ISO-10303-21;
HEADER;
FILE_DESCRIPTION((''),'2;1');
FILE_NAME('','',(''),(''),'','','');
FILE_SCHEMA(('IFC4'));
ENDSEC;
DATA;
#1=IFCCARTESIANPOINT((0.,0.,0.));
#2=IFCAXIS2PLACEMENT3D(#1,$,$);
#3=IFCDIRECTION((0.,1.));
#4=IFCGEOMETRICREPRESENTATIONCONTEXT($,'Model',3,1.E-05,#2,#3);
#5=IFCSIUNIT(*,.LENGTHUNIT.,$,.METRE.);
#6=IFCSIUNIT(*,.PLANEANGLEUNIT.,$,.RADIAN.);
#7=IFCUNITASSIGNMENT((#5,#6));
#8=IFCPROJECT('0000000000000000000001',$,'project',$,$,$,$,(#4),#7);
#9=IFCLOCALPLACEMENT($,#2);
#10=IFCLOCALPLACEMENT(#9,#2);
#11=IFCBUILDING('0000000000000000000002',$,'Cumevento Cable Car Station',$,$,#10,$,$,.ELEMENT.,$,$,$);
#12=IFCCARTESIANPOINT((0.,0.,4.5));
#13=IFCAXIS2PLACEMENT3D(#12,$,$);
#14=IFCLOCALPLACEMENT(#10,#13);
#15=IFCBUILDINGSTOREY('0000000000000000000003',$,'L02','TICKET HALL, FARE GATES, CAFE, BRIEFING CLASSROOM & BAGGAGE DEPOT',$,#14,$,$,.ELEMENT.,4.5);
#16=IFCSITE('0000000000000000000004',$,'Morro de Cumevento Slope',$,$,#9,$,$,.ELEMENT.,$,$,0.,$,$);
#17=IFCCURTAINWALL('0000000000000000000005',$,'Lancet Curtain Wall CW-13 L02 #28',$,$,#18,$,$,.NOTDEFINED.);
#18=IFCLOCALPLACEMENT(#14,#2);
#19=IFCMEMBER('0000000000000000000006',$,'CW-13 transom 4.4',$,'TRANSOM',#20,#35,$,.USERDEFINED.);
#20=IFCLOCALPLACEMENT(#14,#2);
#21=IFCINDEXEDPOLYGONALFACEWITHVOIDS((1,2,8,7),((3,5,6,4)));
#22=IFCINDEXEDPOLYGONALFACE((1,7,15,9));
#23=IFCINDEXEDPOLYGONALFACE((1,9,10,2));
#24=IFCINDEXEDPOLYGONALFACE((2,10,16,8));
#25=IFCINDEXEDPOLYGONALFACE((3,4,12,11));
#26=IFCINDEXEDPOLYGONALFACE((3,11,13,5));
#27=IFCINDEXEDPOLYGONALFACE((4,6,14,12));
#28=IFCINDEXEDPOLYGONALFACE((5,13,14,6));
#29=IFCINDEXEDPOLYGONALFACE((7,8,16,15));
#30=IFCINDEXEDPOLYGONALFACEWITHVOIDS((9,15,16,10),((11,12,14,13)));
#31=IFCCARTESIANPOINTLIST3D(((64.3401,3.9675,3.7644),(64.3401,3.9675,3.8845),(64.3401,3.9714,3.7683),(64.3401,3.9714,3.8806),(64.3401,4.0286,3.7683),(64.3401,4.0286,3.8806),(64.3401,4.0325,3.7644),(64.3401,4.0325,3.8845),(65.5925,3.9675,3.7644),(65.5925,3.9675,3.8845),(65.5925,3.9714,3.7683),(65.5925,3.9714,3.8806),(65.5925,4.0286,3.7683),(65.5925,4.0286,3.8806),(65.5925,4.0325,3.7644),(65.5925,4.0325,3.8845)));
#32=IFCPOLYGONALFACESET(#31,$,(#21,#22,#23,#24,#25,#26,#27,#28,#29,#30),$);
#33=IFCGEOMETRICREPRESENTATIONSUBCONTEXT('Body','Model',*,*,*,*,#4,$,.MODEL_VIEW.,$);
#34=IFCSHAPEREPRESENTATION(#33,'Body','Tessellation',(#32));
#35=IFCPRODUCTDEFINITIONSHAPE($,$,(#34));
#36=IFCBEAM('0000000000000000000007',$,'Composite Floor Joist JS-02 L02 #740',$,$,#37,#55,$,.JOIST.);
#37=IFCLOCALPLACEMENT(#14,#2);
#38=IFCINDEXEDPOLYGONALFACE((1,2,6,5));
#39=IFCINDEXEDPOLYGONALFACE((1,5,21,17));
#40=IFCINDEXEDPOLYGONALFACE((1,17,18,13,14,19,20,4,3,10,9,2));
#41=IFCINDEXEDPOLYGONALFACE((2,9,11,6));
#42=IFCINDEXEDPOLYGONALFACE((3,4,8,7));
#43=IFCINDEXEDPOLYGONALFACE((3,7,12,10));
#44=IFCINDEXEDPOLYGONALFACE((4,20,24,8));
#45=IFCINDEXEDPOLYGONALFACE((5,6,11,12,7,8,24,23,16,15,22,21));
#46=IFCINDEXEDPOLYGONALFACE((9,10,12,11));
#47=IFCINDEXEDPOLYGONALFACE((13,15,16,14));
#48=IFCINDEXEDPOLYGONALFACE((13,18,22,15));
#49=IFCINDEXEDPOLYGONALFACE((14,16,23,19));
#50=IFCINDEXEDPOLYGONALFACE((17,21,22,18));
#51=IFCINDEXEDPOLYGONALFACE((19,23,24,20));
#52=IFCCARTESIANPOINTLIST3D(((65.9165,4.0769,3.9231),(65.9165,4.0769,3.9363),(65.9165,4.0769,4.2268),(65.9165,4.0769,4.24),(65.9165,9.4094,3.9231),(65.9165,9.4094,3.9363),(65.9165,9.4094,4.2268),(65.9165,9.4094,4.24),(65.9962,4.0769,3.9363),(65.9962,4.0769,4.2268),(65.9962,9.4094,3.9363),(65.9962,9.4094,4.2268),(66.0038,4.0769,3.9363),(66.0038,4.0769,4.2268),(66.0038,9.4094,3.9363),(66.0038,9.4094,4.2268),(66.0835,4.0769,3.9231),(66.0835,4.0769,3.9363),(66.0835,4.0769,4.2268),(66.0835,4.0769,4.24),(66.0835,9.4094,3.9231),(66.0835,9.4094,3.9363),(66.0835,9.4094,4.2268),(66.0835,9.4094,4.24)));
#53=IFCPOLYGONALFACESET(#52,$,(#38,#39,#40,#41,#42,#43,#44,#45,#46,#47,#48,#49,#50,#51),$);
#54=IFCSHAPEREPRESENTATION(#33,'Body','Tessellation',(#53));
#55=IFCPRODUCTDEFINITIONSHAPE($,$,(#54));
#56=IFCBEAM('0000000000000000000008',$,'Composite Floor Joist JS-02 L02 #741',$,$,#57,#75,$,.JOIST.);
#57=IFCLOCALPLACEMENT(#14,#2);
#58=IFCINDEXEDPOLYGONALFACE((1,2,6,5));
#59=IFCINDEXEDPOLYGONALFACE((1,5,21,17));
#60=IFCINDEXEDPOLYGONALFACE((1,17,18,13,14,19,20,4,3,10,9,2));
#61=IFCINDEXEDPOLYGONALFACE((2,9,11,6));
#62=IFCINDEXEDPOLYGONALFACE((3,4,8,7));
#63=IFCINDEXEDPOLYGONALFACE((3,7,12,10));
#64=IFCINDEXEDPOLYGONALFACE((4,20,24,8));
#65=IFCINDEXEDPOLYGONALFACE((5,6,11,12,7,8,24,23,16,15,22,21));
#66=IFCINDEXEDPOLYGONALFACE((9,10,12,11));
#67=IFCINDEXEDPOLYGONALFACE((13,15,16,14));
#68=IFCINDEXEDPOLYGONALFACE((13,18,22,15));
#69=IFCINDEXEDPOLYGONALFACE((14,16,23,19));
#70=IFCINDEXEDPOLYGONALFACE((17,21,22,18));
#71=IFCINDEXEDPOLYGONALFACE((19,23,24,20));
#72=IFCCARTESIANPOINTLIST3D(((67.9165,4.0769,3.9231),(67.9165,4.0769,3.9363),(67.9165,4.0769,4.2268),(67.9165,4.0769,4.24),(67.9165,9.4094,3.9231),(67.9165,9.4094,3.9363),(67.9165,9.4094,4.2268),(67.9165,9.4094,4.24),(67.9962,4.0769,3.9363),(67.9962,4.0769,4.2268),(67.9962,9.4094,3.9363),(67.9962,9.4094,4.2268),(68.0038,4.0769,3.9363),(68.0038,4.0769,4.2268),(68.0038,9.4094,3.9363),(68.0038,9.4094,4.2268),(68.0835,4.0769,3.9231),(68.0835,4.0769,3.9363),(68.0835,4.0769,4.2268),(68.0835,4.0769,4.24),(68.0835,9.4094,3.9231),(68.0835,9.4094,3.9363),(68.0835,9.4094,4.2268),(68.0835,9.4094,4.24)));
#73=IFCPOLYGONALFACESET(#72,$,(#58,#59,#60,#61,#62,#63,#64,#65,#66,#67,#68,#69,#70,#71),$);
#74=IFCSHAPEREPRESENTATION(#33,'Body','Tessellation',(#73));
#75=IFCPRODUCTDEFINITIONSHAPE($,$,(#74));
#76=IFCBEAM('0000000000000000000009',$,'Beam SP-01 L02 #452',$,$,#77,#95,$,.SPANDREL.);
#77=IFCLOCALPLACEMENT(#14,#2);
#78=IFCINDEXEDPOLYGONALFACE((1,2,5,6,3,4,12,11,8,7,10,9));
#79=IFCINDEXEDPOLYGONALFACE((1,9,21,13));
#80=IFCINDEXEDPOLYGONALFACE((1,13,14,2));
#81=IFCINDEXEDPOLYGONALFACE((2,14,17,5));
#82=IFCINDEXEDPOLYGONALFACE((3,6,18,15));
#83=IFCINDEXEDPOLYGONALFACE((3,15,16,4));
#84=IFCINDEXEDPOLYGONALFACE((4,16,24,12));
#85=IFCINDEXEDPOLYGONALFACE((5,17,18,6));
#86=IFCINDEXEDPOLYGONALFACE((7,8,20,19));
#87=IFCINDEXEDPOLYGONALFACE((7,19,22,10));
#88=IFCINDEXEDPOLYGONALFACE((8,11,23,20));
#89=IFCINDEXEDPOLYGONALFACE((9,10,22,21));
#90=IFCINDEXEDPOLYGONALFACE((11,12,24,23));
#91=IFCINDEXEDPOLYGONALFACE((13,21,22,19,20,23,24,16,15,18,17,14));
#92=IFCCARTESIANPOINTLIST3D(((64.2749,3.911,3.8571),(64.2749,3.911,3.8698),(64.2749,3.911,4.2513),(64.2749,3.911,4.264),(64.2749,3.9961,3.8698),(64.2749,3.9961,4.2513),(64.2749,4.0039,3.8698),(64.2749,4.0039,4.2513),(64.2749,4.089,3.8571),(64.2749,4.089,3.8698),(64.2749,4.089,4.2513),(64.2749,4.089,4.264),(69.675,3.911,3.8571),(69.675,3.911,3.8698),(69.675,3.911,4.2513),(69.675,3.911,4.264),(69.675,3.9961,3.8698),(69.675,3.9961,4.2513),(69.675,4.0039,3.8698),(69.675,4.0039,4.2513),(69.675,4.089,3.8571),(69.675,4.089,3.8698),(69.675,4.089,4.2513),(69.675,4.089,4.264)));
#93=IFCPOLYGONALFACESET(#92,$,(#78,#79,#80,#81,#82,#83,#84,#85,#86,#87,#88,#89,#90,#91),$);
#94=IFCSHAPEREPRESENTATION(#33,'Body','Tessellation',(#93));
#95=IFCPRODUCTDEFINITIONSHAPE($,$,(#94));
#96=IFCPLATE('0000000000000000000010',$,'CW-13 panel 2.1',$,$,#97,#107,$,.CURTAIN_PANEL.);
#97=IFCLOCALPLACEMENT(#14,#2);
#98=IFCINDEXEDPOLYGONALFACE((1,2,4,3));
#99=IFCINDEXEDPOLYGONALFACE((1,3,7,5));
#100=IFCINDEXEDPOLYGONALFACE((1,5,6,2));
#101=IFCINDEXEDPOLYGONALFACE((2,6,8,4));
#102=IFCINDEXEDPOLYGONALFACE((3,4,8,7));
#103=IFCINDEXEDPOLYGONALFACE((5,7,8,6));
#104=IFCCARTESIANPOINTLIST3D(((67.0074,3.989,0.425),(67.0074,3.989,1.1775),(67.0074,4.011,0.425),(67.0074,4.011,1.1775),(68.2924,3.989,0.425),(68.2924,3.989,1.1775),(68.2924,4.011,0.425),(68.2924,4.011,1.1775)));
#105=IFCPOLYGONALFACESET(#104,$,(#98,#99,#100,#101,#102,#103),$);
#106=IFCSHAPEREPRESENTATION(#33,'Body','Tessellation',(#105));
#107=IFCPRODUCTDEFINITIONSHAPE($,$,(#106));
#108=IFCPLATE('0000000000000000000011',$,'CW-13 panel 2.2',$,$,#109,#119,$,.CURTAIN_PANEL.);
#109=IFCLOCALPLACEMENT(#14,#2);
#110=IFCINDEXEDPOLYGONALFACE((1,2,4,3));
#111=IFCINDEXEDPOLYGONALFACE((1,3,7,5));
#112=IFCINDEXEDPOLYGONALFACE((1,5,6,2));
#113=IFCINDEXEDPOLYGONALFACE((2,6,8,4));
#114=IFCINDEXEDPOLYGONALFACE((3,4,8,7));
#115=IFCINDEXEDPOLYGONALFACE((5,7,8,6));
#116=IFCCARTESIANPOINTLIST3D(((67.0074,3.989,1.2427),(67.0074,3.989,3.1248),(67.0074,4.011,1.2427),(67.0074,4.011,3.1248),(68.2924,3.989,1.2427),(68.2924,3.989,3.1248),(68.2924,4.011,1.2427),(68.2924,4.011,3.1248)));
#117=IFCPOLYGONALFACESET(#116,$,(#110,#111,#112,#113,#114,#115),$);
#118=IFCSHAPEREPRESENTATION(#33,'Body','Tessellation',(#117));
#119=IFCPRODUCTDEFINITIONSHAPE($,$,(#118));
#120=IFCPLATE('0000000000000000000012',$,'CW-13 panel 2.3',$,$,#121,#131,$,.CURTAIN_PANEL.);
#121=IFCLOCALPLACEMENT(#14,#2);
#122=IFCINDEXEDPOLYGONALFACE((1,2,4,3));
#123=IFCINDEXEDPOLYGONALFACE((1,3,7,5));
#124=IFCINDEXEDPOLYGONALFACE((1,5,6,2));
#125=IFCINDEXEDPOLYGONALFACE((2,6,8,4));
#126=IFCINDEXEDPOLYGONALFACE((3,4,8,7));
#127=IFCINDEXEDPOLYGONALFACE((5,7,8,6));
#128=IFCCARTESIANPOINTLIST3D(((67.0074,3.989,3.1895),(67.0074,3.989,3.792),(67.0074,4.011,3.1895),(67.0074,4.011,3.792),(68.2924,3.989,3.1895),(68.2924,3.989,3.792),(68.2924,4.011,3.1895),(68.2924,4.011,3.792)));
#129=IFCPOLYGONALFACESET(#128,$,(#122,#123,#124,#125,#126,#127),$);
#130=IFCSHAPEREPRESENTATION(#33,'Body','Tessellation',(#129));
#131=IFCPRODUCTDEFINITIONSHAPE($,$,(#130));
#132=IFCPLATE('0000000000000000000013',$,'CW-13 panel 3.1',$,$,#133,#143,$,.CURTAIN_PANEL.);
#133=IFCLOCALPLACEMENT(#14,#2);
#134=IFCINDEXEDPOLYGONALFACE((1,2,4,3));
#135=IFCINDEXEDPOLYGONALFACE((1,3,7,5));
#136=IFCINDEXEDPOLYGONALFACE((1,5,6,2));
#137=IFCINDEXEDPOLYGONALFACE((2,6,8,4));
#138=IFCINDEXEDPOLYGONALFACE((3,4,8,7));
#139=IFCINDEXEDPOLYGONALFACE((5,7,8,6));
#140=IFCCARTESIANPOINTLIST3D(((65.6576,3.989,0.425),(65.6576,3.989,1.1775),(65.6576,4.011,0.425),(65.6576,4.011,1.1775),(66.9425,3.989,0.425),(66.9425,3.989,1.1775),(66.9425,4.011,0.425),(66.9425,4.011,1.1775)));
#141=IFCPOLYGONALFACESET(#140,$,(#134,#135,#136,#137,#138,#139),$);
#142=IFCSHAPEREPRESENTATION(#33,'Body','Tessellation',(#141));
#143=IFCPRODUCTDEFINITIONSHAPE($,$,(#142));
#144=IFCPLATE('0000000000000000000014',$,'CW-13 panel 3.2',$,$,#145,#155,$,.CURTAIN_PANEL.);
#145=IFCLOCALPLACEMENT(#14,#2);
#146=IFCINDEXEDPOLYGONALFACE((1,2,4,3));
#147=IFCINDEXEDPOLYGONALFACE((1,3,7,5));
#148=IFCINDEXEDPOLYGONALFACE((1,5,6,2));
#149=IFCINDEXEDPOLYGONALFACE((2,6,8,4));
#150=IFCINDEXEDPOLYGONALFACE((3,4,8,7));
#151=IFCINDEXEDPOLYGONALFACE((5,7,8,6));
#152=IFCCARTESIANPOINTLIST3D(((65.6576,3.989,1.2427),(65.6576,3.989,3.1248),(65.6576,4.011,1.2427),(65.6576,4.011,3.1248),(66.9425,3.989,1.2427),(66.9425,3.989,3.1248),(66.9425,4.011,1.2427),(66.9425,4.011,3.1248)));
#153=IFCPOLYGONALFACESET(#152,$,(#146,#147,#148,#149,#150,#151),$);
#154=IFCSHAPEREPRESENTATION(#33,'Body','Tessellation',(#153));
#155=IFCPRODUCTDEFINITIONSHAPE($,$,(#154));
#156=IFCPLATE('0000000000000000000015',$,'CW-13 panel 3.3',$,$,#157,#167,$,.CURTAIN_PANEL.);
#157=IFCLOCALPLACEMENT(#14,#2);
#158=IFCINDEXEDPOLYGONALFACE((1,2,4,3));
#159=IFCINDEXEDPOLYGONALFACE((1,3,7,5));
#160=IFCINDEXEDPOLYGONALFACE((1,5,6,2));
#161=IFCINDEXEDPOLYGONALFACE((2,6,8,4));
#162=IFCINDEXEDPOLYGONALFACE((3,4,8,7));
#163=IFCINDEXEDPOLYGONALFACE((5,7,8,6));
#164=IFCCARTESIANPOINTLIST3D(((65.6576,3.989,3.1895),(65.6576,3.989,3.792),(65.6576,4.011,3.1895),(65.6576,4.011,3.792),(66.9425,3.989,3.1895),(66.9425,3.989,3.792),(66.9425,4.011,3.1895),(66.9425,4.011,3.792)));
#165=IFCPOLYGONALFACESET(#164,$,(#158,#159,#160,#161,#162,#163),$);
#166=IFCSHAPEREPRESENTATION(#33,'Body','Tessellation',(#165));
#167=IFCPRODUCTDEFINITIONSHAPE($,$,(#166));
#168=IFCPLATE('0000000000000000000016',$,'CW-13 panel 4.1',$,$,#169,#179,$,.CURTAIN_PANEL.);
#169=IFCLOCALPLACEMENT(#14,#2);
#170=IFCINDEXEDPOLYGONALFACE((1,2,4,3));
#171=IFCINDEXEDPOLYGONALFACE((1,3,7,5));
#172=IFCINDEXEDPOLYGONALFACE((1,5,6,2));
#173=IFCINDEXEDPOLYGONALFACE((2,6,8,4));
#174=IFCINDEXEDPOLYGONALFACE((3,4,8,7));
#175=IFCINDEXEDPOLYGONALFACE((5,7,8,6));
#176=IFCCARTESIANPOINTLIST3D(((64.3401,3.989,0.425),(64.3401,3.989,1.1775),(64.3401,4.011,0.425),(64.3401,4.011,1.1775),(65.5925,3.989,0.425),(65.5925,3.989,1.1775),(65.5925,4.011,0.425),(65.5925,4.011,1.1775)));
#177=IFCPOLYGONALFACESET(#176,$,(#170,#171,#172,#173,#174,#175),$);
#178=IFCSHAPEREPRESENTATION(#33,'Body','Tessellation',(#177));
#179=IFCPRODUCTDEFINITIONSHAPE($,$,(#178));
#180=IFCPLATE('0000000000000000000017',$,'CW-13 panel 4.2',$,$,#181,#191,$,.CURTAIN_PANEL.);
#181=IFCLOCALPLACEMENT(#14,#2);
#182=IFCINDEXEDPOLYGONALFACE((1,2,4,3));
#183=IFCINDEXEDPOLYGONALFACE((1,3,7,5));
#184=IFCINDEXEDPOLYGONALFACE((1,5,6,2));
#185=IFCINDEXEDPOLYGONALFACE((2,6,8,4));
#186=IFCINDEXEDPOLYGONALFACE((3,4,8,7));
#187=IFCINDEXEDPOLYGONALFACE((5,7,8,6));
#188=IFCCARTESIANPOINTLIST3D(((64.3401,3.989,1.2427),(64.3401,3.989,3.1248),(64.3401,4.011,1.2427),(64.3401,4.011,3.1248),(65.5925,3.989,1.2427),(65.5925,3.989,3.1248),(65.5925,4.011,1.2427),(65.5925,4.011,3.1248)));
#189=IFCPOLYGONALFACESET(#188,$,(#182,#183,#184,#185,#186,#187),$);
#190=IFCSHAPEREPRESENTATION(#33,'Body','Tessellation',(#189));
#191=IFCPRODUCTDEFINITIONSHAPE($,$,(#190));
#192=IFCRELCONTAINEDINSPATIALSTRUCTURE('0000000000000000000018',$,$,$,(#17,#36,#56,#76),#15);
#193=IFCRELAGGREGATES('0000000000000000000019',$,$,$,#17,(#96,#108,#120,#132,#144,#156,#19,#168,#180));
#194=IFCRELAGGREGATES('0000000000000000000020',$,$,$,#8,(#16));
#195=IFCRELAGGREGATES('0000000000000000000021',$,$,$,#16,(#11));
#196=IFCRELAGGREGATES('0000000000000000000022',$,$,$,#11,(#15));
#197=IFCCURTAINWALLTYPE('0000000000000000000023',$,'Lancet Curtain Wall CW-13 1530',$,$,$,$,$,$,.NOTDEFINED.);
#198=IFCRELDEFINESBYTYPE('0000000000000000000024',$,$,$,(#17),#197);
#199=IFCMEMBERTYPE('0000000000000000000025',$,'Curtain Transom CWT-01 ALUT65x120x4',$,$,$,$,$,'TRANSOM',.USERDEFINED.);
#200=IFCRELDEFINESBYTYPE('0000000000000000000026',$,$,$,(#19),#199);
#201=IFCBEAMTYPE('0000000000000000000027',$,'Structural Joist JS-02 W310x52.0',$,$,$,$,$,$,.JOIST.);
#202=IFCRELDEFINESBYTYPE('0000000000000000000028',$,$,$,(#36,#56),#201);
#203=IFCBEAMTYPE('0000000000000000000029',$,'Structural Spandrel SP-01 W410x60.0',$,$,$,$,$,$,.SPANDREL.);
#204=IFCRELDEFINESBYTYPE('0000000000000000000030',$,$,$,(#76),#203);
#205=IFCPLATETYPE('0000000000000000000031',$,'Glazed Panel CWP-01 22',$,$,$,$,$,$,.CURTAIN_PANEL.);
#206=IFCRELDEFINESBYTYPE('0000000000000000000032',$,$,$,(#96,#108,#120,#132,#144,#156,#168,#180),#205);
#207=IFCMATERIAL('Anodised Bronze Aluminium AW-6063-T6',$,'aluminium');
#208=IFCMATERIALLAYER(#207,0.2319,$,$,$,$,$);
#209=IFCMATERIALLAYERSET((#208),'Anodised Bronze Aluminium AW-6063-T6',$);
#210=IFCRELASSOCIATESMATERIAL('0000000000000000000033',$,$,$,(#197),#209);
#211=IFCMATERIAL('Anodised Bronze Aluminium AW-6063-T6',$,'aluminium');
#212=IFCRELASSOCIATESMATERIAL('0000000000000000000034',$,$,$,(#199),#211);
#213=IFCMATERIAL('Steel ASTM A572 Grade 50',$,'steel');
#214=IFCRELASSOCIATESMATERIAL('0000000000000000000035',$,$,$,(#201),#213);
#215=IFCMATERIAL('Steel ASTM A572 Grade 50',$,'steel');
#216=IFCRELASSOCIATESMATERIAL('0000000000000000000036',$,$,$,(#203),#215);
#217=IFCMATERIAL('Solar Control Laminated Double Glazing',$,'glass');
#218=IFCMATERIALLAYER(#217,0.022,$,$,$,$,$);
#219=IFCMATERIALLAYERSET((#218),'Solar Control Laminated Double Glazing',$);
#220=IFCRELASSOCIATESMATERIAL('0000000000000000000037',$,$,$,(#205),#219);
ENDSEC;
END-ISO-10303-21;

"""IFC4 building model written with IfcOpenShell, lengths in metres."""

from ifc_helpers import new_model, si_unit, direction, frame, origin, origin_2d, place, context, subcontext, project, spatial, rectangle, hollow_rectangle, i_section, extrude, material, layer, layer_set, material_profile, profile_set, type_object, element, aggregate, save


model = new_model("IFC4")

# Units and contexts
model_context = context("Model", 3, precision=1e-05, world=origin(), true_north=direction((0.0, 1.0)))
body_context = subcontext(model_context, "Body", "Model", "MODEL_VIEW")
ifc_project = project(units=[si_unit("LENGTHUNIT", "METRE"), si_unit("PLANEANGLEUNIT", "RADIAN")], contexts=[model_context])

# Site, building, storey
site_placement = place(None, origin())
site = spatial("IfcSite", under=ifc_project, at=site_placement, Name="Morro de Cumevento Slope", CompositionType="ELEMENT", RefElevation=0.0)
building_placement = place(site_placement, origin())
building = spatial("IfcBuilding", under=site, at=building_placement, Name="Cumevento Cable Car Station", CompositionType="ELEMENT")
storey_placement = place(building_placement, frame((0.0, 0.0, 4.5)))
storey = spatial("IfcBuildingStorey", under=building, at=storey_placement, Name="L02", Description="TICKET HALL, FARE GATES, CAFE, BRIEFING CLASSROOM & BAGGAGE DEPOT", CompositionType="ELEMENT", Elevation=4.5)

# Curtain wall, member
ifc_material_1 = material(Name="Anodised Bronze Aluminium AW-6063-T6", Category="aluminium")
ifc_layer_1 = layer(ifc_material_1, 0.2319)
ifc_layer_set_1 = layer_set([ifc_layer_1], Name="Anodised Bronze Aluminium AW-6063-T6")
curtain_wall_type = type_object("IfcCurtainWallType", Name="Lancet Curtain Wall CW-13 1530", PredefinedType="NOTDEFINED", material=ifc_layer_set_1)
curtain_wall_placement = place(storey_placement, origin())
curtain_wall = element("IfcCurtainWall", 1, at=curtain_wall_placement, inside=storey, type_object=curtain_wall_type, Name="Lancet Curtain Wall CW-13 L02 #28", PredefinedType="NOTDEFINED")
ifc_material_2 = material(Name="Anodised Bronze Aluminium AW-6063-T6", Category="aluminium")
ifc_material_profile_1 = material_profile(ifc_material_2, hollow_rectangle(XDim=0.0649, YDim=0.1201, WallThickness=0.0039, at=origin_2d()), Name="ALUT65x120x4")
ifc_profile_set_1 = profile_set([ifc_material_profile_1], Name="Anodised Bronze Aluminium AW-6063-T6")
member_type_1 = type_object("IfcMemberType", Name="Curtain Transom CWT-01 ALUT65x120x4", ElementType="TRANSOM", PredefinedType="USERDEFINED", material=ifc_profile_set_1)
member_1_placement = place(storey_placement, frame((65.5925, 4.0, 3.8245), z_axis=(-1.0, 0.0, 0.0), x_axis=(0.0, -1.0, 0.0)))
member_1 = element("IfcMember", 2, at=member_1_placement, type_object=member_type_1, Name="CW-13 transom 4.4", ObjectType="TRANSOM", PredefinedType="USERDEFINED", context=body_context, shape_type="SweptSolid", body=[
    extrude(hollow_rectangle(XDim=0.0649, YDim=0.1201, WallThickness=0.0039, at=origin_2d()), origin(), (0.0, 0.0, 1.0), 1.2524),
])

# Beams
ifc_material_3 = material(Name="Steel ASTM A572 Grade 50", Category="steel")
ifc_material_profile_2 = material_profile(ifc_material_3, i_section(OverallWidth=0.167, OverallDepth=0.3169, WebThickness=0.0076, FlangeThickness=0.0132, at=origin_2d()), Name="W310x52.0")
ifc_profile_set_2 = profile_set([ifc_material_profile_2], Name="Steel ASTM A572 Grade 50")
beam_type_1 = type_object("IfcBeamType", Name="Structural Joist JS-02 W310x52.0", PredefinedType="JOIST", material=ifc_profile_set_2)
for number, where, z_axis, x_axis, name in (
    (3, (66.0, 4.0769, 4.0815), (0.0, 1.0, 0.0), (-1.0, 0.0, 0.0), "Composite Floor Joist JS-02 L02 #740"),
    (4, (68.0, 4.0769, 4.0815), (0.0, 1.0, 0.0), (-1.0, 0.0, 0.0), "Composite Floor Joist JS-02 L02 #741"),
):
    element("IfcBeam", number, at=place(storey_placement, frame(where, z_axis=z_axis, x_axis=x_axis)), inside=storey, type_object=beam_type_1, Name=name, PredefinedType="JOIST", context=body_context, shape_type="SweptSolid", body=[
        extrude(i_section(OverallWidth=0.167, OverallDepth=0.3169, WebThickness=0.0076, FlangeThickness=0.0132, at=origin_2d()), origin(), (0.0, 0.0, 1.0), 5.3325),
    ])
ifc_material_4 = material(Name="Steel ASTM A572 Grade 50", Category="steel")
ifc_material_profile_3 = material_profile(ifc_material_4, i_section(OverallWidth=0.178, OverallDepth=0.407, WebThickness=0.0078, FlangeThickness=0.0127, at=origin_2d()), Name="W410x60.0")
ifc_profile_set_3 = profile_set([ifc_material_profile_3], Name="Steel ASTM A572 Grade 50")
beam_type_2 = type_object("IfcBeamType", Name="Structural Spandrel SP-01 W410x60.0", PredefinedType="SPANDREL", material=ifc_profile_set_3)
beam_placement = place(storey_placement, frame((64.2749, 4.0, 4.0605), z_axis=(1.0, 0.0, 0.0), x_axis=(0.0, 1.0, 0.0)))
element("IfcBeam", 5, at=beam_placement, inside=storey, type_object=beam_type_2, Name="Beam SP-01 L02 #452", PredefinedType="SPANDREL", context=body_context, shape_type="SweptSolid", body=[
    extrude(i_section(OverallWidth=0.178, OverallDepth=0.407, WebThickness=0.0078, FlangeThickness=0.0127, at=origin_2d()), origin(), (0.0, 0.0, 1.0), 5.4001),
])

# Plates
ifc_material_5 = material(Name="Solar Control Laminated Double Glazing", Category="glass")
ifc_layer_2 = layer(ifc_material_5, 0.022)
ifc_layer_set_2 = layer_set([ifc_layer_2], Name="Solar Control Laminated Double Glazing")
plate_type = type_object("IfcPlateType", Name="Glazed Panel CWP-01 22", PredefinedType="CURTAIN_PANEL", material=ifc_layer_set_2)
plate_1_placement = place(storey_placement, frame((67.6499, 4.0, 0.425), z_axis=(0.0, 0.0, 1.0), x_axis=(-1.0, 0.0, 0.0)))
plate_1 = element("IfcPlate", 6, at=plate_1_placement, type_object=plate_type, Name="CW-13 panel 2.1", PredefinedType="CURTAIN_PANEL", context=body_context, shape_type="SweptSolid", body=[
    extrude(rectangle(XDim=1.2849, YDim=0.022, at=origin_2d()), origin(), (0.0, 0.0, 1.0), 0.7524),
])
plate_2_placement = place(storey_placement, frame((67.6499, 4.0, 1.2427), z_axis=(0.0, 0.0, 1.0), x_axis=(-1.0, 0.0, 0.0)))
plate_2 = element("IfcPlate", 7, at=plate_2_placement, type_object=plate_type, Name="CW-13 panel 2.2", PredefinedType="CURTAIN_PANEL", context=body_context, shape_type="SweptSolid", body=[
    extrude(rectangle(XDim=1.2849, YDim=0.022, at=origin_2d()), origin(), (0.0, 0.0, 1.0), 1.8821),
])
plate_3_placement = place(storey_placement, frame((67.6499, 4.0, 3.1895), z_axis=(0.0, 0.0, 1.0), x_axis=(-1.0, 0.0, 0.0)))
plate_3 = element("IfcPlate", 8, at=plate_3_placement, type_object=plate_type, Name="CW-13 panel 2.3", PredefinedType="CURTAIN_PANEL", context=body_context, shape_type="SweptSolid", body=[
    extrude(rectangle(XDim=1.2849, YDim=0.022, at=origin_2d()), origin(), (0.0, 0.0, 1.0), 0.6025),
])
plate_4_placement = place(storey_placement, frame((66.3, 4.0, 0.425), z_axis=(0.0, 0.0, 1.0), x_axis=(-1.0, 0.0, 0.0)))
plate_4 = element("IfcPlate", 9, at=plate_4_placement, type_object=plate_type, Name="CW-13 panel 3.1", PredefinedType="CURTAIN_PANEL", context=body_context, shape_type="SweptSolid", body=[
    extrude(rectangle(XDim=1.2849, YDim=0.022, at=origin_2d()), origin(), (0.0, 0.0, 1.0), 0.7524),
])
plate_5_placement = place(storey_placement, frame((66.3, 4.0, 1.2427), z_axis=(0.0, 0.0, 1.0), x_axis=(-1.0, 0.0, 0.0)))
plate_5 = element("IfcPlate", 10, at=plate_5_placement, type_object=plate_type, Name="CW-13 panel 3.2", PredefinedType="CURTAIN_PANEL", context=body_context, shape_type="SweptSolid", body=[
    extrude(rectangle(XDim=1.2849, YDim=0.022, at=origin_2d()), origin(), (0.0, 0.0, 1.0), 1.8821),
])
plate_6_placement = place(storey_placement, frame((66.3, 4.0, 3.1895), z_axis=(0.0, 0.0, 1.0), x_axis=(-1.0, 0.0, 0.0)))
plate_6 = element("IfcPlate", 11, at=plate_6_placement, type_object=plate_type, Name="CW-13 panel 3.3", PredefinedType="CURTAIN_PANEL", context=body_context, shape_type="SweptSolid", body=[
    extrude(rectangle(XDim=1.2849, YDim=0.022, at=origin_2d()), origin(), (0.0, 0.0, 1.0), 0.6025),
])
plate_7_placement = place(storey_placement, frame((64.9663, 4.0, 0.425), z_axis=(0.0, 0.0, 1.0), x_axis=(-1.0, 0.0, 0.0)))
plate_7 = element("IfcPlate", 12, at=plate_7_placement, type_object=plate_type, Name="CW-13 panel 4.1", PredefinedType="CURTAIN_PANEL", context=body_context, shape_type="SweptSolid", body=[
    extrude(rectangle(XDim=1.2524, YDim=0.022, at=origin_2d()), origin(), (0.0, 0.0, 1.0), 0.7524),
])
plate_8_placement = place(storey_placement, frame((64.9663, 4.0, 1.2427), z_axis=(0.0, 0.0, 1.0), x_axis=(-1.0, 0.0, 0.0)))
plate_8 = element("IfcPlate", 13, at=plate_8_placement, type_object=plate_type, Name="CW-13 panel 4.2", PredefinedType="CURTAIN_PANEL", context=body_context, shape_type="SweptSolid", body=[
    extrude(rectangle(XDim=1.2524, YDim=0.022, at=origin_2d()), origin(), (0.0, 0.0, 1.0), 1.8821),
])
aggregate(curtain_wall, [plate_1, plate_2, plate_3, plate_4, plate_5, plate_6, member_1, plate_7, plate_8])

save(model, "model.ifc")
